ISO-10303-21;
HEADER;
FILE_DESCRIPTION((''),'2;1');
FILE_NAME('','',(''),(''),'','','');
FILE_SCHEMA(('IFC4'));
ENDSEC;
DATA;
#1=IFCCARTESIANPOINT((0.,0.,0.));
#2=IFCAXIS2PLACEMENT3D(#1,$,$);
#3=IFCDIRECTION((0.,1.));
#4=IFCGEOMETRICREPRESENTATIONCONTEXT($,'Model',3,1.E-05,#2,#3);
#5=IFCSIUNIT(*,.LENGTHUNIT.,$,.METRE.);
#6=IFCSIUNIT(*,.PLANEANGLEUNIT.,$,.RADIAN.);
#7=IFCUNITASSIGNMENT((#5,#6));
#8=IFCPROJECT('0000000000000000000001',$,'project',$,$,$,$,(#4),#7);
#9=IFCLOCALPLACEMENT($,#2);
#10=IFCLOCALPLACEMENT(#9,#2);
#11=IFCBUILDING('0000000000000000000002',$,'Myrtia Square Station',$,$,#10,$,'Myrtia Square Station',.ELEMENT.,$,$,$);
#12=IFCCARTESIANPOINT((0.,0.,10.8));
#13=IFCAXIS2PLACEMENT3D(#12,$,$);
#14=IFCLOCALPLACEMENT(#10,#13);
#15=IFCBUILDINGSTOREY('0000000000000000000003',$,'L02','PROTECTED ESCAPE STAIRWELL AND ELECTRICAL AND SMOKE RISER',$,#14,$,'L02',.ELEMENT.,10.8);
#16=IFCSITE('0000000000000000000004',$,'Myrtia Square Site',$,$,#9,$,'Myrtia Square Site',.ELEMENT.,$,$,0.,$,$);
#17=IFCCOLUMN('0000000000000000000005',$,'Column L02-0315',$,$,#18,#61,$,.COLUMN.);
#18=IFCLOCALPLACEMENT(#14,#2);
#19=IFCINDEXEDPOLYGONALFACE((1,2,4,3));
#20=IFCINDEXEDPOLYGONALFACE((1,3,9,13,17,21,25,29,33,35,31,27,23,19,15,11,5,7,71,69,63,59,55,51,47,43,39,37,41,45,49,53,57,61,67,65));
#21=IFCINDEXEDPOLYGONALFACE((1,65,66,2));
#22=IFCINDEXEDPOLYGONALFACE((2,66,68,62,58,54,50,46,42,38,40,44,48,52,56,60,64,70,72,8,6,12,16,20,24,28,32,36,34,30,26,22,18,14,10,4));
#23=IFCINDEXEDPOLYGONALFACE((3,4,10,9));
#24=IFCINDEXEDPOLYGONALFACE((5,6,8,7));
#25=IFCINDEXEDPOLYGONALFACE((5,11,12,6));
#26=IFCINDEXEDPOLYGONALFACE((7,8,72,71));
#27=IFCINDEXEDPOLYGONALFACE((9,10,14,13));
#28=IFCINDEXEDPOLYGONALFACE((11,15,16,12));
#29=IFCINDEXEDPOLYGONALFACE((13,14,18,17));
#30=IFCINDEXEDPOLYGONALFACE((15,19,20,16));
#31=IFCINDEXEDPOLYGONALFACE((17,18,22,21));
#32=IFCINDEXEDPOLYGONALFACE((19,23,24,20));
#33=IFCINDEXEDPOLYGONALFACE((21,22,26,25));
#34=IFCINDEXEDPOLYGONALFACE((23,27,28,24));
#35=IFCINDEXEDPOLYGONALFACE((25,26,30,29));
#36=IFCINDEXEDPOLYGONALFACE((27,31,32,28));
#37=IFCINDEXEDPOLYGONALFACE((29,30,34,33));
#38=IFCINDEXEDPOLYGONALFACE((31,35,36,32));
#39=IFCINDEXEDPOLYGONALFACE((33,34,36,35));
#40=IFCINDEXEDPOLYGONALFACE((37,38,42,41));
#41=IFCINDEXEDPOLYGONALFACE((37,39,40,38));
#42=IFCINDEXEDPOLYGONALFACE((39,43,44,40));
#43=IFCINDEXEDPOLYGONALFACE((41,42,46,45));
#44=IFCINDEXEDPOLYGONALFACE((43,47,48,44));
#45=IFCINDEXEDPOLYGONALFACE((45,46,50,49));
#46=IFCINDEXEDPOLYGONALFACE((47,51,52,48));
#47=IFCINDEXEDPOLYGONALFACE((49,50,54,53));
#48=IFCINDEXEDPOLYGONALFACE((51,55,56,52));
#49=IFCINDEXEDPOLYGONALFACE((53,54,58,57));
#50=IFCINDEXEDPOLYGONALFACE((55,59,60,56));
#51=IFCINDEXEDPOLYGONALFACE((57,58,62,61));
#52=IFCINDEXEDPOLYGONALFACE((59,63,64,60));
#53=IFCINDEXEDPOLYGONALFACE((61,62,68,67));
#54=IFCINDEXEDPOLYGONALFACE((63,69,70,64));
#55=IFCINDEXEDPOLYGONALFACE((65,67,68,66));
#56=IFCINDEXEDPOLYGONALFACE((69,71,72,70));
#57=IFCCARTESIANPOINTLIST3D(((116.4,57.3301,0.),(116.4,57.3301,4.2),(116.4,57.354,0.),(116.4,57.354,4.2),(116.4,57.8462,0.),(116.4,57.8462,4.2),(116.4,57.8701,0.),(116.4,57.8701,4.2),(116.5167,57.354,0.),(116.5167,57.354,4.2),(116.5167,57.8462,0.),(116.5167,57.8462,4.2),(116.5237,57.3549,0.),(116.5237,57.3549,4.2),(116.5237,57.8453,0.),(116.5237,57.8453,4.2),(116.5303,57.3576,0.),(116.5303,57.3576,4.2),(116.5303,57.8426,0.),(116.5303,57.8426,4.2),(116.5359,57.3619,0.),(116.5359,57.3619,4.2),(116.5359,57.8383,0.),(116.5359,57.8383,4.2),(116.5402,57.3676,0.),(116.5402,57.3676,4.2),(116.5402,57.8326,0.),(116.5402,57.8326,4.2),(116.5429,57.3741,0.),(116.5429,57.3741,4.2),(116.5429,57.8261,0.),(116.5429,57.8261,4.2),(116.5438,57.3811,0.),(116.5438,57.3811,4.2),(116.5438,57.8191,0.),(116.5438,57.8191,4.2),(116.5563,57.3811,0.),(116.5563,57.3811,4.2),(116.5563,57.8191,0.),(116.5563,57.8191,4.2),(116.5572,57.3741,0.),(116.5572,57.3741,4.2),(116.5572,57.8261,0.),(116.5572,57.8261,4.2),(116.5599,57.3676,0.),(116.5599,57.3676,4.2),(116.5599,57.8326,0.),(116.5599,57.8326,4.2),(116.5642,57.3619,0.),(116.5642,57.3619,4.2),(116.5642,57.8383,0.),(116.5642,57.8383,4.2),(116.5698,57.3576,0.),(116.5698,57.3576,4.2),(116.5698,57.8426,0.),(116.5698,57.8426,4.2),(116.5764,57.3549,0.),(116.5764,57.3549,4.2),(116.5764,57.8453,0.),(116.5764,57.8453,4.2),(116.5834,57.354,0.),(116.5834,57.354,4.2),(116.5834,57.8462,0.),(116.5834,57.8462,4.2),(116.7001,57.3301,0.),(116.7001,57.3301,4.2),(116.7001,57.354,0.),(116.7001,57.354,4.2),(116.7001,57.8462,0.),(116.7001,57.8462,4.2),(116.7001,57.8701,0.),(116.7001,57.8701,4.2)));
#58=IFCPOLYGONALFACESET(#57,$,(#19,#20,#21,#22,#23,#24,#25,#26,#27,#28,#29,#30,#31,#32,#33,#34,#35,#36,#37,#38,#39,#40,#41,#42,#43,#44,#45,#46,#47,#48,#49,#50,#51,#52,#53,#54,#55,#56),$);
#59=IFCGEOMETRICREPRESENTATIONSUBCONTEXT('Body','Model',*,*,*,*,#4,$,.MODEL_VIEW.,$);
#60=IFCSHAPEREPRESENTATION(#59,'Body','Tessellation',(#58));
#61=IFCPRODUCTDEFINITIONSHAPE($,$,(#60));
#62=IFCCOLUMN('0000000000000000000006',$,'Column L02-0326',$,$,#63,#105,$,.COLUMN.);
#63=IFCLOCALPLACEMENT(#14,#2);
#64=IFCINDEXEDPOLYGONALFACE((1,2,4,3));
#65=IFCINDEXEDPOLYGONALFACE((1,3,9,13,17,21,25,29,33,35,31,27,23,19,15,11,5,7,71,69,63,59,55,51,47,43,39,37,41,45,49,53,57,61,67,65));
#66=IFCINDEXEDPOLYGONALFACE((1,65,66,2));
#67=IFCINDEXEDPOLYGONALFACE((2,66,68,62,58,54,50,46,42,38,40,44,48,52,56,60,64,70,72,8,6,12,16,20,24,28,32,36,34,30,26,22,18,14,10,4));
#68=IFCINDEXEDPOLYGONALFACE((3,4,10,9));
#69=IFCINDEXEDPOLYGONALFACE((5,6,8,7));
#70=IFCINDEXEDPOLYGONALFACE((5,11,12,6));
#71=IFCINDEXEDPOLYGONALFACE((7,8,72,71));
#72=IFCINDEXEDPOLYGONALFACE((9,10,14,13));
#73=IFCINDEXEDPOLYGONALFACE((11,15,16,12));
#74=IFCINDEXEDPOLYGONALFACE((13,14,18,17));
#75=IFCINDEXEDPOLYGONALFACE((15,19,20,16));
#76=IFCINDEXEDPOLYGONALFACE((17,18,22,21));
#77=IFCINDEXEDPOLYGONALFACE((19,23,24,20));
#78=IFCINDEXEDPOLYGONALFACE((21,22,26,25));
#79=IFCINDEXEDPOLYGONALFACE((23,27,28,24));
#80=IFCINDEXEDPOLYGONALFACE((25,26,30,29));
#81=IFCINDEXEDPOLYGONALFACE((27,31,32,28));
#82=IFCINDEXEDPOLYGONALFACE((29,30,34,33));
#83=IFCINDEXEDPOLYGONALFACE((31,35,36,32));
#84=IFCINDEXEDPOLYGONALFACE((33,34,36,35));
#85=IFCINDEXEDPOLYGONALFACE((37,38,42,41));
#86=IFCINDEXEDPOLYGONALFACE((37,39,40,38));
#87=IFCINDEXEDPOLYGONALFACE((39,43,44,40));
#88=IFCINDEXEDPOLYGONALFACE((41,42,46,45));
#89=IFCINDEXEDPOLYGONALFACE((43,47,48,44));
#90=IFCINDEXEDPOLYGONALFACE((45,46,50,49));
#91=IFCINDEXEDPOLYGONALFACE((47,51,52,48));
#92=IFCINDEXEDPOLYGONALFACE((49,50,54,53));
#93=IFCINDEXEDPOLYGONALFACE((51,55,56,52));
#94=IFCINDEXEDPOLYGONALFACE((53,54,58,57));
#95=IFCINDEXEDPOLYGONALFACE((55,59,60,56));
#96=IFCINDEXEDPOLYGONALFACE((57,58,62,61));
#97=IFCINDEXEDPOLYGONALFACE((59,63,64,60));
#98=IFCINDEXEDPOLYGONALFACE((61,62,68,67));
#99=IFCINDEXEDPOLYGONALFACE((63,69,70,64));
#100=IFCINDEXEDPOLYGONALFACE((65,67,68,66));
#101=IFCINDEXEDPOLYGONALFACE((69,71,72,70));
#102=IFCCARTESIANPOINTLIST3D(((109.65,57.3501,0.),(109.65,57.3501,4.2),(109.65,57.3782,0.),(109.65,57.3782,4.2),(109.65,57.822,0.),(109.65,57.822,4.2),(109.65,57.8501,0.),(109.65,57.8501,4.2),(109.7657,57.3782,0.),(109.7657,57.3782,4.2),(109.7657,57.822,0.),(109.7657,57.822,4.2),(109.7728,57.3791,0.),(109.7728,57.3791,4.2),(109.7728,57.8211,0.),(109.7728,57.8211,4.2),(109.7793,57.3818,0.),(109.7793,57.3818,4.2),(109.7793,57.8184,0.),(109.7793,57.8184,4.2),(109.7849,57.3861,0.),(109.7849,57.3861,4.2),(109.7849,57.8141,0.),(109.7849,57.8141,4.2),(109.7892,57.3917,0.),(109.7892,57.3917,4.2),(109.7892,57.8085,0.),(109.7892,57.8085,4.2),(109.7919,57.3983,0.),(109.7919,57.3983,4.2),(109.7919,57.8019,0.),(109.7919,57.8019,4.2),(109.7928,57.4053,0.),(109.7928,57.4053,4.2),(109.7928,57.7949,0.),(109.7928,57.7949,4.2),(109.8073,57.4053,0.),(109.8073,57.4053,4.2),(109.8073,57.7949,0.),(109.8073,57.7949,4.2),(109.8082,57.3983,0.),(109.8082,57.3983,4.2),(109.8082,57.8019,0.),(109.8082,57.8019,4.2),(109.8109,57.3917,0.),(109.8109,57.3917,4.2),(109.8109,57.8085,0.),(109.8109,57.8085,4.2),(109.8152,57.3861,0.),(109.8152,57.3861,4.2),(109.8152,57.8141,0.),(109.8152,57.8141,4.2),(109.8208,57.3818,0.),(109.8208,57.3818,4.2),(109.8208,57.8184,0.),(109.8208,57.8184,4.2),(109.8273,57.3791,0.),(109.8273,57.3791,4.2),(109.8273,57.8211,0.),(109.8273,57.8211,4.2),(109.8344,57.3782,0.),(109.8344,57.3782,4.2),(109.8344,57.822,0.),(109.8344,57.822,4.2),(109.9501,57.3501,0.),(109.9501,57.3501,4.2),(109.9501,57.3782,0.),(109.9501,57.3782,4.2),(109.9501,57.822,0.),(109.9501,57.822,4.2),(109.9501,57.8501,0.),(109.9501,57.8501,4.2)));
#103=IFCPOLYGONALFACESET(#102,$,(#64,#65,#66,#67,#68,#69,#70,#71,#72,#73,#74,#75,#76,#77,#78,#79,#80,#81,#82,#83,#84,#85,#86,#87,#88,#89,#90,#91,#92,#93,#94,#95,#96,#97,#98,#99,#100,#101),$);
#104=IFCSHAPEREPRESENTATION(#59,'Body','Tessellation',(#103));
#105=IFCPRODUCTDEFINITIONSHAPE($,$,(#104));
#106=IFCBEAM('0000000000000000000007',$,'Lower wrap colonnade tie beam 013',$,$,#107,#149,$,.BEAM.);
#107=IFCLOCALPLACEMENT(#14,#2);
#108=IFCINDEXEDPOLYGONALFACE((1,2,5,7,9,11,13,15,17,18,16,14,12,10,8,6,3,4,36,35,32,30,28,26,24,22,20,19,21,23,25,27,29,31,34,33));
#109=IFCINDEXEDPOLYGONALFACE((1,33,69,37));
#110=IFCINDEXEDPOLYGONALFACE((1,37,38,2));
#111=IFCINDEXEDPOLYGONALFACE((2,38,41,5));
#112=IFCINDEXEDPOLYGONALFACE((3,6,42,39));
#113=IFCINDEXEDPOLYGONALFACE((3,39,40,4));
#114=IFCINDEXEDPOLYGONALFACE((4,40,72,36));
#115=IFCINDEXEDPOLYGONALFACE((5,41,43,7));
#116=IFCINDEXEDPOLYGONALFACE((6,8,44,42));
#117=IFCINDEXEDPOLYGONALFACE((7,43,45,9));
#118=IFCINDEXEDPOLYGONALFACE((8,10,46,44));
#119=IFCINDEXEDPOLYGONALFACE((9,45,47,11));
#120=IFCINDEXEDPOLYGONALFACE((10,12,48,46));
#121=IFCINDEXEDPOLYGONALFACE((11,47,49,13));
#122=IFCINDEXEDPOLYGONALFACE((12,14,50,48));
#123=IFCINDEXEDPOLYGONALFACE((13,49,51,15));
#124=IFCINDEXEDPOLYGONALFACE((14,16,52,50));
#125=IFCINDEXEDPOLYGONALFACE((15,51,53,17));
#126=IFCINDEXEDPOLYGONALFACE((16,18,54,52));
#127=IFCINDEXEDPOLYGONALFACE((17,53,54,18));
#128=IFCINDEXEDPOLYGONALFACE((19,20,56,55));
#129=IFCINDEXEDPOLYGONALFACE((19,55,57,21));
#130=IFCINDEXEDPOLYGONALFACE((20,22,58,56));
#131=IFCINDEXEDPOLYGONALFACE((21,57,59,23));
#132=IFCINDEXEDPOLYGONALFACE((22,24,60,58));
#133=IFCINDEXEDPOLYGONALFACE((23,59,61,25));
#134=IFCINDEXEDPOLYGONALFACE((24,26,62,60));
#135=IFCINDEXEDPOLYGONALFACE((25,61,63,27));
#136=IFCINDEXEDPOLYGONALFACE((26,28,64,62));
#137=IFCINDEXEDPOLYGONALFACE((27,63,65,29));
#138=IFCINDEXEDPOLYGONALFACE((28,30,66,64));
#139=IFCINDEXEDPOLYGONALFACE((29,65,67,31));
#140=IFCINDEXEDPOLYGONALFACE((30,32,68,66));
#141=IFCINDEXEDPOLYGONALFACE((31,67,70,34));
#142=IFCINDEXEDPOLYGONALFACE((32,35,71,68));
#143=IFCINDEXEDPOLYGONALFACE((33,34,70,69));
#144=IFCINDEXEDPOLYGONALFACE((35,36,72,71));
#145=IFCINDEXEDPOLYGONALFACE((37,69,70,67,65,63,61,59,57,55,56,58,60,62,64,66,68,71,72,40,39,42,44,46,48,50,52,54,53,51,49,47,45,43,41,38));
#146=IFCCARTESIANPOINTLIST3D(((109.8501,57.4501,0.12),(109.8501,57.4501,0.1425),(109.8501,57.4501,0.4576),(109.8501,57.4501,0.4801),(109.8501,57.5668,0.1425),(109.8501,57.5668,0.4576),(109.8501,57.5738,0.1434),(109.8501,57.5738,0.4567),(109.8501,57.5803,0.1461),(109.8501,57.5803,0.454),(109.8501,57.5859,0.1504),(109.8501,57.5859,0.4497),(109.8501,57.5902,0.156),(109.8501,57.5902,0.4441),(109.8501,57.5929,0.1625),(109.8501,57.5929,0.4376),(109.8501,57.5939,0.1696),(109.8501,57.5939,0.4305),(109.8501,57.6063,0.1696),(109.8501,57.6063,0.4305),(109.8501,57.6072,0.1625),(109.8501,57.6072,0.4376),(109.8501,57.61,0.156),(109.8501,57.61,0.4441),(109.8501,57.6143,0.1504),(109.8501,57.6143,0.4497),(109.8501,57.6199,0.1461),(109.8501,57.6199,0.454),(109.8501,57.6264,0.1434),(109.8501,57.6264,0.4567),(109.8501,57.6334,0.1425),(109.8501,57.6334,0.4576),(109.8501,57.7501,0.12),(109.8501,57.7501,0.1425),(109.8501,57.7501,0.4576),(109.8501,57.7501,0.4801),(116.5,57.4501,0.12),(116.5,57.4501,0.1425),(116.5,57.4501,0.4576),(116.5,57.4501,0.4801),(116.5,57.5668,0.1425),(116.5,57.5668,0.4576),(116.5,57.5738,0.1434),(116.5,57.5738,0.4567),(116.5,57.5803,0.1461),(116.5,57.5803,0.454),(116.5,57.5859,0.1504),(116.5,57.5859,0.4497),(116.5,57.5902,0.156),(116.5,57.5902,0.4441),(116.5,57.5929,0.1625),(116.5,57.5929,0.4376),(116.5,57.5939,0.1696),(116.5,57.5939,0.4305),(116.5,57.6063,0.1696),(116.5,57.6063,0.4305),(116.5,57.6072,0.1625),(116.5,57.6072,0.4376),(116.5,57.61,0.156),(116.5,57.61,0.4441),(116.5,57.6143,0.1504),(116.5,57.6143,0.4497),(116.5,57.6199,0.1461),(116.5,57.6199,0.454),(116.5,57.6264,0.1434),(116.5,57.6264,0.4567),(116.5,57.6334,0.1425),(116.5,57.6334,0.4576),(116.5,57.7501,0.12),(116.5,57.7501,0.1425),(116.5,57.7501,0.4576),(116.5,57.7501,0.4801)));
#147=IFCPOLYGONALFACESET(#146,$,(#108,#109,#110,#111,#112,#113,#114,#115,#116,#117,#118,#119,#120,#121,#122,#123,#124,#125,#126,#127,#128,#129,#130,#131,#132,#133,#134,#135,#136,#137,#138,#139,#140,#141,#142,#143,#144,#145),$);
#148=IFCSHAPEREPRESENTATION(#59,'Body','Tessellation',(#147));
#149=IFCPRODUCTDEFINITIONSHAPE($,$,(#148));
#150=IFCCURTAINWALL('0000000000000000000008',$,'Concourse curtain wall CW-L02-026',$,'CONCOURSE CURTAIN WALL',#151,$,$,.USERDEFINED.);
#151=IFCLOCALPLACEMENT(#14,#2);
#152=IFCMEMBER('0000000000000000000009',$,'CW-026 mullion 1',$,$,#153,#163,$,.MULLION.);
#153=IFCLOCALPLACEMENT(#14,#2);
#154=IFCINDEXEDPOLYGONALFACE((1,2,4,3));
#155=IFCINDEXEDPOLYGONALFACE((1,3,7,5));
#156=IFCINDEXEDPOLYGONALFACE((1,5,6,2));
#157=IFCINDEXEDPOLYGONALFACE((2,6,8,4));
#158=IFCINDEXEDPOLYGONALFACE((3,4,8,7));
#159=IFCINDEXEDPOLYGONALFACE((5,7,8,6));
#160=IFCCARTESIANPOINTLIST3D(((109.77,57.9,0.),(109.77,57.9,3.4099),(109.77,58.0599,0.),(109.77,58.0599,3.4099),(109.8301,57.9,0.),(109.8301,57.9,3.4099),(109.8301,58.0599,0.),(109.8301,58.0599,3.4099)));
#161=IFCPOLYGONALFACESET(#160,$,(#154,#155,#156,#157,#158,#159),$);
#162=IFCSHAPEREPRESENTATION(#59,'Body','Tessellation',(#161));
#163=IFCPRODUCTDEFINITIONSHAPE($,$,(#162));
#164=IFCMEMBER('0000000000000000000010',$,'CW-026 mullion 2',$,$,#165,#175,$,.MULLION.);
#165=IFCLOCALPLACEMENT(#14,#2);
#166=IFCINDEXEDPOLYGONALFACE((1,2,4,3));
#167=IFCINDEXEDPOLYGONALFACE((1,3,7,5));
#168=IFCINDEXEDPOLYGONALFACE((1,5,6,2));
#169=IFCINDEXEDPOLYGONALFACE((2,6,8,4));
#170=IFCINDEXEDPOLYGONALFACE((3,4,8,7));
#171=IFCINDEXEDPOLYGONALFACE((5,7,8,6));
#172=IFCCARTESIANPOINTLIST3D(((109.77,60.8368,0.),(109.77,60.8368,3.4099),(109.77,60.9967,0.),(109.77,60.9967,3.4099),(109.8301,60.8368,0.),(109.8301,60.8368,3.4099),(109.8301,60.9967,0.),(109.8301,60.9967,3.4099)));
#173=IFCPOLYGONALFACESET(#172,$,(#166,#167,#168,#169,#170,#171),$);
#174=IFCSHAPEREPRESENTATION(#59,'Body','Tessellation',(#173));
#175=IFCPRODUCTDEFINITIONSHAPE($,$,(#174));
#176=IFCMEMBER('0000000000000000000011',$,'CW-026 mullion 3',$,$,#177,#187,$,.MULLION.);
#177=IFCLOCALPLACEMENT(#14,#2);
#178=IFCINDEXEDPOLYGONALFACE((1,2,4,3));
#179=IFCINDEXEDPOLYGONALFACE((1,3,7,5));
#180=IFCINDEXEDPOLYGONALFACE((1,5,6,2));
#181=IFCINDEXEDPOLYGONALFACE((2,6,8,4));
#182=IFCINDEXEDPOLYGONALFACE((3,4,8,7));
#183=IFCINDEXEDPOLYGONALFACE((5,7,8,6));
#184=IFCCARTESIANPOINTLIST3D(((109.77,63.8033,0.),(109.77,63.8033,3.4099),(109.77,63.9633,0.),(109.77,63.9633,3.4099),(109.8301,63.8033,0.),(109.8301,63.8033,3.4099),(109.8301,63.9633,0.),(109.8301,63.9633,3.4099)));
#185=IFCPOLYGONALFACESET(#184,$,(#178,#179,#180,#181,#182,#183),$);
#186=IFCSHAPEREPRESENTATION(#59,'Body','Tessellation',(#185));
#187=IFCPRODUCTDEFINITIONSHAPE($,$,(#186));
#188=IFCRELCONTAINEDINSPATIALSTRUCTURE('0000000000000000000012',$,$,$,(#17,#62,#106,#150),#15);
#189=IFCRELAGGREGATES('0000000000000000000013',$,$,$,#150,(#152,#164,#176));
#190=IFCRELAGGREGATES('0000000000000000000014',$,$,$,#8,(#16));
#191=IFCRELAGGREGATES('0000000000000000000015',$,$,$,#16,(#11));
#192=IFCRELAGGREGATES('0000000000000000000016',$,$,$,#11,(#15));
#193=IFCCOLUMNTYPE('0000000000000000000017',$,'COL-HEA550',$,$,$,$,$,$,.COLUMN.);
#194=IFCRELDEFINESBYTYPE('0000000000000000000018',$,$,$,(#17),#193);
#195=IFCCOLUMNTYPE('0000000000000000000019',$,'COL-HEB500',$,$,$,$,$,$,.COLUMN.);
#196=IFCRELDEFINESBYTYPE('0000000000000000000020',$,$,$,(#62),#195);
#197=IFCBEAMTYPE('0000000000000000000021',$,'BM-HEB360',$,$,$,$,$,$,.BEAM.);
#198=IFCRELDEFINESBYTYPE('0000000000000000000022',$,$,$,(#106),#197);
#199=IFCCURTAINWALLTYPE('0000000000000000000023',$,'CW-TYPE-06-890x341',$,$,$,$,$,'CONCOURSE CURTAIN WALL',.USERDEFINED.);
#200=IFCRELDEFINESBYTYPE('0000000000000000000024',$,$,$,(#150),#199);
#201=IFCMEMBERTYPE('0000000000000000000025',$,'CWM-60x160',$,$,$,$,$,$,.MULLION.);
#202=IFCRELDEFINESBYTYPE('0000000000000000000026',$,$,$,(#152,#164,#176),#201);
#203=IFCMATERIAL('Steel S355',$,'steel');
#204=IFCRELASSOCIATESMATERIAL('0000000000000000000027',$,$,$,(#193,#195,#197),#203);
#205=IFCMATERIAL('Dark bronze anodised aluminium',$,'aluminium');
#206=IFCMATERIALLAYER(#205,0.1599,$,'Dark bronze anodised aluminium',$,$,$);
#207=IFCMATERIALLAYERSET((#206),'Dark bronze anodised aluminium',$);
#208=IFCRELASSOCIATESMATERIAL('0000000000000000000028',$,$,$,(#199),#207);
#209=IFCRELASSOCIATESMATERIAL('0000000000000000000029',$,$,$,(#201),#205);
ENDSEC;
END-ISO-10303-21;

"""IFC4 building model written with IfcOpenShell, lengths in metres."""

from ifc_helpers import new_model, si_unit, direction, frame, origin, origin_2d, place, context, subcontext, project, spatial, rectangle, i_section, extrude, material, layer, layer_set, material_profile, profile_set, type_object, element, aggregate, save


model = new_model("IFC4")

# Units and contexts
model_context = context("Model", 3, precision=1e-05, world=origin(), true_north=direction((0.0, 1.0)))
body_context = subcontext(model_context, "Body", "Model", "MODEL_VIEW")
ifc_project = project(units=[si_unit("LENGTHUNIT", "METRE"), si_unit("PLANEANGLEUNIT", "RADIAN")], contexts=[model_context])

# Site, building, storey
site_placement = place(None, origin())
site = spatial("IfcSite", under=ifc_project, at=site_placement, Name="Myrtia Square Site", LongName="Myrtia Square Site", CompositionType="ELEMENT", RefElevation=0.0)
building_placement = place(site_placement, origin())
building = spatial("IfcBuilding", under=site, at=building_placement, Name="Myrtia Square Station", LongName="Myrtia Square Station", CompositionType="ELEMENT")
storey_placement = place(building_placement, frame((0.0, 0.0, 10.8)))
storey = spatial("IfcBuildingStorey", under=building, at=storey_placement, Name="L02", Description="PROTECTED ESCAPE STAIRWELL AND ELECTRICAL AND SMOKE RISER", LongName="L02", CompositionType="ELEMENT", Elevation=10.8)

# Columns
ifc_material_1 = material(Name="Steel S355", Category="steel")
ifc_material_profile_1 = material_profile(ifc_material_1, i_section(OverallWidth=0.3, OverallDepth=0.54, WebThickness=0.0125, FlangeThickness=0.0239, FilletRadius=0.0271, at=origin_2d()), Name="HEA 550")
ifc_profile_set_1 = profile_set([ifc_material_profile_1], Name="Steel S355")
column_type_1 = type_object("IfcColumnType", Name="COL-HEA550", PredefinedType="COLUMN", material=ifc_profile_set_1)
column_1_placement = place(storey_placement, frame((116.55, 57.6001, 0.0), z_axis=(0.0, 0.0, 1.0), x_axis=(1.0, 0.0, 0.0)))
element("IfcColumn", 1, at=column_1_placement, inside=storey, type_object=column_type_1, Name="Column L02-0315", PredefinedType="COLUMN", context=body_context, shape_type="SweptSolid", body=[
    extrude(i_section(OverallWidth=0.3, OverallDepth=0.54, WebThickness=0.0125, FlangeThickness=0.0239, FilletRadius=0.0271, at=origin_2d()), origin(), (0.0, 0.0, 1.0), 4.2),
])
ifc_material_profile_2 = material_profile(ifc_material_1, i_section(OverallWidth=0.3, OverallDepth=0.5, WebThickness=0.0144, FlangeThickness=0.0281, FilletRadius=0.0271, at=origin_2d()), Name="HEB 500")
ifc_profile_set_2 = profile_set([ifc_material_profile_2], Name="Steel S355")
column_type_2 = type_object("IfcColumnType", Name="COL-HEB500", PredefinedType="COLUMN", material=ifc_profile_set_2)
column_2_placement = place(storey_placement, frame((109.8, 57.6001, 0.0), z_axis=(0.0, 0.0, 1.0), x_axis=(1.0, 0.0, 0.0)))
element("IfcColumn", 2, at=column_2_placement, inside=storey, type_object=column_type_2, Name="Column L02-0326", PredefinedType="COLUMN", context=body_context, shape_type="SweptSolid", body=[
    extrude(i_section(OverallWidth=0.3, OverallDepth=0.5, WebThickness=0.0144, FlangeThickness=0.0281, FilletRadius=0.0271, at=origin_2d()), origin(), (0.0, 0.0, 1.0), 4.2),
])

# Beam
ifc_material_profile_3 = material_profile(ifc_material_1, i_section(OverallWidth=0.3, OverallDepth=0.3601, WebThickness=0.0125, FlangeThickness=0.0225, FilletRadius=0.0271, at=origin_2d()), Name="HEB 360")
ifc_profile_set_3 = profile_set([ifc_material_profile_3], Name="Steel S355")
beam_type = type_object("IfcBeamType", Name="BM-HEB360", PredefinedType="BEAM", material=ifc_profile_set_3)
beam_placement = place(storey_placement, frame((109.8501, 57.6001, 0.3), z_axis=(1.0, 0.0, 0.0), x_axis=(0.0, 1.0, 0.0)))
element("IfcBeam", 3, at=beam_placement, inside=storey, type_object=beam_type, Name="Lower wrap colonnade tie beam 013", PredefinedType="BEAM", context=body_context, shape_type="SweptSolid", body=[
    extrude(i_section(OverallWidth=0.3, OverallDepth=0.3601, WebThickness=0.0125, FlangeThickness=0.0225, FilletRadius=0.0271, at=origin_2d()), origin(), (0.0, 0.0, 1.0), 6.6499),
])

# Curtain wall, members
ifc_material_2 = material(Name="Dark bronze anodised aluminium", Category="aluminium")
ifc_layer_1 = layer(ifc_material_2, 0.1599, Name="Dark bronze anodised aluminium")
ifc_layer_set_1 = layer_set([ifc_layer_1], Name="Dark bronze anodised aluminium")
curtain_wall_type = type_object("IfcCurtainWallType", Name="CW-TYPE-06-890x341", ElementType="CONCOURSE CURTAIN WALL", PredefinedType="USERDEFINED", material=ifc_layer_set_1)
curtain_wall_placement = place(storey_placement, origin())
curtain_wall = element("IfcCurtainWall", 4, at=curtain_wall_placement, inside=storey, type_object=curtain_wall_type, Name="Concourse curtain wall CW-L02-026", ObjectType="CONCOURSE CURTAIN WALL", PredefinedType="USERDEFINED")
ifc_material_profile_4 = material_profile(ifc_material_2, rectangle(XDim=0.0601, YDim=0.1599, at=origin_2d()), Name="ALU-M 60x160")
ifc_profile_set_4 = profile_set([ifc_material_profile_4], Name="Dark bronze anodised aluminium")
member_type_1 = type_object("IfcMemberType", Name="CWM-60x160", PredefinedType="MULLION", material=ifc_profile_set_4)
member_1_placement = place(storey_placement, frame((109.8, 57.98, 0.0), z_axis=(0.0, 0.0, 1.0), x_axis=(-1.0, 0.0, 0.0)))
member_1 = element("IfcMember", 5, at=member_1_placement, type_object=member_type_1, Name="CW-026 mullion 1", PredefinedType="MULLION", context=body_context, shape_type="SweptSolid", body=[
    extrude(rectangle(XDim=0.0601, YDim=0.1599, at=origin_2d()), origin(), (0.0, 0.0, 1.0), 3.4099),
])
member_2_placement = place(storey_placement, frame((109.8, 60.9167, 0.0), z_axis=(0.0, 0.0, 1.0), x_axis=(-1.0, 0.0, 0.0)))
member_2 = element("IfcMember", 6, at=member_2_placement, type_object=member_type_1, Name="CW-026 mullion 2", PredefinedType="MULLION", context=body_context, shape_type="SweptSolid", body=[
    extrude(rectangle(XDim=0.0601, YDim=0.1599, at=origin_2d()), origin(), (0.0, 0.0, 1.0), 3.4099),
])
member_3_placement = place(storey_placement, frame((109.8, 63.8833, 0.0), z_axis=(0.0, 0.0, 1.0), x_axis=(-1.0, 0.0, 0.0)))
member_3 = element("IfcMember", 7, at=member_3_placement, type_object=member_type_1, Name="CW-026 mullion 3", PredefinedType="MULLION", context=body_context, shape_type="SweptSolid", body=[
    extrude(rectangle(XDim=0.0601, YDim=0.1599, at=origin_2d()), origin(), (0.0, 0.0, 1.0), 3.4099),
])

aggregate(curtain_wall, [member_1, member_2, member_3])

save(model, "model.ifc")
